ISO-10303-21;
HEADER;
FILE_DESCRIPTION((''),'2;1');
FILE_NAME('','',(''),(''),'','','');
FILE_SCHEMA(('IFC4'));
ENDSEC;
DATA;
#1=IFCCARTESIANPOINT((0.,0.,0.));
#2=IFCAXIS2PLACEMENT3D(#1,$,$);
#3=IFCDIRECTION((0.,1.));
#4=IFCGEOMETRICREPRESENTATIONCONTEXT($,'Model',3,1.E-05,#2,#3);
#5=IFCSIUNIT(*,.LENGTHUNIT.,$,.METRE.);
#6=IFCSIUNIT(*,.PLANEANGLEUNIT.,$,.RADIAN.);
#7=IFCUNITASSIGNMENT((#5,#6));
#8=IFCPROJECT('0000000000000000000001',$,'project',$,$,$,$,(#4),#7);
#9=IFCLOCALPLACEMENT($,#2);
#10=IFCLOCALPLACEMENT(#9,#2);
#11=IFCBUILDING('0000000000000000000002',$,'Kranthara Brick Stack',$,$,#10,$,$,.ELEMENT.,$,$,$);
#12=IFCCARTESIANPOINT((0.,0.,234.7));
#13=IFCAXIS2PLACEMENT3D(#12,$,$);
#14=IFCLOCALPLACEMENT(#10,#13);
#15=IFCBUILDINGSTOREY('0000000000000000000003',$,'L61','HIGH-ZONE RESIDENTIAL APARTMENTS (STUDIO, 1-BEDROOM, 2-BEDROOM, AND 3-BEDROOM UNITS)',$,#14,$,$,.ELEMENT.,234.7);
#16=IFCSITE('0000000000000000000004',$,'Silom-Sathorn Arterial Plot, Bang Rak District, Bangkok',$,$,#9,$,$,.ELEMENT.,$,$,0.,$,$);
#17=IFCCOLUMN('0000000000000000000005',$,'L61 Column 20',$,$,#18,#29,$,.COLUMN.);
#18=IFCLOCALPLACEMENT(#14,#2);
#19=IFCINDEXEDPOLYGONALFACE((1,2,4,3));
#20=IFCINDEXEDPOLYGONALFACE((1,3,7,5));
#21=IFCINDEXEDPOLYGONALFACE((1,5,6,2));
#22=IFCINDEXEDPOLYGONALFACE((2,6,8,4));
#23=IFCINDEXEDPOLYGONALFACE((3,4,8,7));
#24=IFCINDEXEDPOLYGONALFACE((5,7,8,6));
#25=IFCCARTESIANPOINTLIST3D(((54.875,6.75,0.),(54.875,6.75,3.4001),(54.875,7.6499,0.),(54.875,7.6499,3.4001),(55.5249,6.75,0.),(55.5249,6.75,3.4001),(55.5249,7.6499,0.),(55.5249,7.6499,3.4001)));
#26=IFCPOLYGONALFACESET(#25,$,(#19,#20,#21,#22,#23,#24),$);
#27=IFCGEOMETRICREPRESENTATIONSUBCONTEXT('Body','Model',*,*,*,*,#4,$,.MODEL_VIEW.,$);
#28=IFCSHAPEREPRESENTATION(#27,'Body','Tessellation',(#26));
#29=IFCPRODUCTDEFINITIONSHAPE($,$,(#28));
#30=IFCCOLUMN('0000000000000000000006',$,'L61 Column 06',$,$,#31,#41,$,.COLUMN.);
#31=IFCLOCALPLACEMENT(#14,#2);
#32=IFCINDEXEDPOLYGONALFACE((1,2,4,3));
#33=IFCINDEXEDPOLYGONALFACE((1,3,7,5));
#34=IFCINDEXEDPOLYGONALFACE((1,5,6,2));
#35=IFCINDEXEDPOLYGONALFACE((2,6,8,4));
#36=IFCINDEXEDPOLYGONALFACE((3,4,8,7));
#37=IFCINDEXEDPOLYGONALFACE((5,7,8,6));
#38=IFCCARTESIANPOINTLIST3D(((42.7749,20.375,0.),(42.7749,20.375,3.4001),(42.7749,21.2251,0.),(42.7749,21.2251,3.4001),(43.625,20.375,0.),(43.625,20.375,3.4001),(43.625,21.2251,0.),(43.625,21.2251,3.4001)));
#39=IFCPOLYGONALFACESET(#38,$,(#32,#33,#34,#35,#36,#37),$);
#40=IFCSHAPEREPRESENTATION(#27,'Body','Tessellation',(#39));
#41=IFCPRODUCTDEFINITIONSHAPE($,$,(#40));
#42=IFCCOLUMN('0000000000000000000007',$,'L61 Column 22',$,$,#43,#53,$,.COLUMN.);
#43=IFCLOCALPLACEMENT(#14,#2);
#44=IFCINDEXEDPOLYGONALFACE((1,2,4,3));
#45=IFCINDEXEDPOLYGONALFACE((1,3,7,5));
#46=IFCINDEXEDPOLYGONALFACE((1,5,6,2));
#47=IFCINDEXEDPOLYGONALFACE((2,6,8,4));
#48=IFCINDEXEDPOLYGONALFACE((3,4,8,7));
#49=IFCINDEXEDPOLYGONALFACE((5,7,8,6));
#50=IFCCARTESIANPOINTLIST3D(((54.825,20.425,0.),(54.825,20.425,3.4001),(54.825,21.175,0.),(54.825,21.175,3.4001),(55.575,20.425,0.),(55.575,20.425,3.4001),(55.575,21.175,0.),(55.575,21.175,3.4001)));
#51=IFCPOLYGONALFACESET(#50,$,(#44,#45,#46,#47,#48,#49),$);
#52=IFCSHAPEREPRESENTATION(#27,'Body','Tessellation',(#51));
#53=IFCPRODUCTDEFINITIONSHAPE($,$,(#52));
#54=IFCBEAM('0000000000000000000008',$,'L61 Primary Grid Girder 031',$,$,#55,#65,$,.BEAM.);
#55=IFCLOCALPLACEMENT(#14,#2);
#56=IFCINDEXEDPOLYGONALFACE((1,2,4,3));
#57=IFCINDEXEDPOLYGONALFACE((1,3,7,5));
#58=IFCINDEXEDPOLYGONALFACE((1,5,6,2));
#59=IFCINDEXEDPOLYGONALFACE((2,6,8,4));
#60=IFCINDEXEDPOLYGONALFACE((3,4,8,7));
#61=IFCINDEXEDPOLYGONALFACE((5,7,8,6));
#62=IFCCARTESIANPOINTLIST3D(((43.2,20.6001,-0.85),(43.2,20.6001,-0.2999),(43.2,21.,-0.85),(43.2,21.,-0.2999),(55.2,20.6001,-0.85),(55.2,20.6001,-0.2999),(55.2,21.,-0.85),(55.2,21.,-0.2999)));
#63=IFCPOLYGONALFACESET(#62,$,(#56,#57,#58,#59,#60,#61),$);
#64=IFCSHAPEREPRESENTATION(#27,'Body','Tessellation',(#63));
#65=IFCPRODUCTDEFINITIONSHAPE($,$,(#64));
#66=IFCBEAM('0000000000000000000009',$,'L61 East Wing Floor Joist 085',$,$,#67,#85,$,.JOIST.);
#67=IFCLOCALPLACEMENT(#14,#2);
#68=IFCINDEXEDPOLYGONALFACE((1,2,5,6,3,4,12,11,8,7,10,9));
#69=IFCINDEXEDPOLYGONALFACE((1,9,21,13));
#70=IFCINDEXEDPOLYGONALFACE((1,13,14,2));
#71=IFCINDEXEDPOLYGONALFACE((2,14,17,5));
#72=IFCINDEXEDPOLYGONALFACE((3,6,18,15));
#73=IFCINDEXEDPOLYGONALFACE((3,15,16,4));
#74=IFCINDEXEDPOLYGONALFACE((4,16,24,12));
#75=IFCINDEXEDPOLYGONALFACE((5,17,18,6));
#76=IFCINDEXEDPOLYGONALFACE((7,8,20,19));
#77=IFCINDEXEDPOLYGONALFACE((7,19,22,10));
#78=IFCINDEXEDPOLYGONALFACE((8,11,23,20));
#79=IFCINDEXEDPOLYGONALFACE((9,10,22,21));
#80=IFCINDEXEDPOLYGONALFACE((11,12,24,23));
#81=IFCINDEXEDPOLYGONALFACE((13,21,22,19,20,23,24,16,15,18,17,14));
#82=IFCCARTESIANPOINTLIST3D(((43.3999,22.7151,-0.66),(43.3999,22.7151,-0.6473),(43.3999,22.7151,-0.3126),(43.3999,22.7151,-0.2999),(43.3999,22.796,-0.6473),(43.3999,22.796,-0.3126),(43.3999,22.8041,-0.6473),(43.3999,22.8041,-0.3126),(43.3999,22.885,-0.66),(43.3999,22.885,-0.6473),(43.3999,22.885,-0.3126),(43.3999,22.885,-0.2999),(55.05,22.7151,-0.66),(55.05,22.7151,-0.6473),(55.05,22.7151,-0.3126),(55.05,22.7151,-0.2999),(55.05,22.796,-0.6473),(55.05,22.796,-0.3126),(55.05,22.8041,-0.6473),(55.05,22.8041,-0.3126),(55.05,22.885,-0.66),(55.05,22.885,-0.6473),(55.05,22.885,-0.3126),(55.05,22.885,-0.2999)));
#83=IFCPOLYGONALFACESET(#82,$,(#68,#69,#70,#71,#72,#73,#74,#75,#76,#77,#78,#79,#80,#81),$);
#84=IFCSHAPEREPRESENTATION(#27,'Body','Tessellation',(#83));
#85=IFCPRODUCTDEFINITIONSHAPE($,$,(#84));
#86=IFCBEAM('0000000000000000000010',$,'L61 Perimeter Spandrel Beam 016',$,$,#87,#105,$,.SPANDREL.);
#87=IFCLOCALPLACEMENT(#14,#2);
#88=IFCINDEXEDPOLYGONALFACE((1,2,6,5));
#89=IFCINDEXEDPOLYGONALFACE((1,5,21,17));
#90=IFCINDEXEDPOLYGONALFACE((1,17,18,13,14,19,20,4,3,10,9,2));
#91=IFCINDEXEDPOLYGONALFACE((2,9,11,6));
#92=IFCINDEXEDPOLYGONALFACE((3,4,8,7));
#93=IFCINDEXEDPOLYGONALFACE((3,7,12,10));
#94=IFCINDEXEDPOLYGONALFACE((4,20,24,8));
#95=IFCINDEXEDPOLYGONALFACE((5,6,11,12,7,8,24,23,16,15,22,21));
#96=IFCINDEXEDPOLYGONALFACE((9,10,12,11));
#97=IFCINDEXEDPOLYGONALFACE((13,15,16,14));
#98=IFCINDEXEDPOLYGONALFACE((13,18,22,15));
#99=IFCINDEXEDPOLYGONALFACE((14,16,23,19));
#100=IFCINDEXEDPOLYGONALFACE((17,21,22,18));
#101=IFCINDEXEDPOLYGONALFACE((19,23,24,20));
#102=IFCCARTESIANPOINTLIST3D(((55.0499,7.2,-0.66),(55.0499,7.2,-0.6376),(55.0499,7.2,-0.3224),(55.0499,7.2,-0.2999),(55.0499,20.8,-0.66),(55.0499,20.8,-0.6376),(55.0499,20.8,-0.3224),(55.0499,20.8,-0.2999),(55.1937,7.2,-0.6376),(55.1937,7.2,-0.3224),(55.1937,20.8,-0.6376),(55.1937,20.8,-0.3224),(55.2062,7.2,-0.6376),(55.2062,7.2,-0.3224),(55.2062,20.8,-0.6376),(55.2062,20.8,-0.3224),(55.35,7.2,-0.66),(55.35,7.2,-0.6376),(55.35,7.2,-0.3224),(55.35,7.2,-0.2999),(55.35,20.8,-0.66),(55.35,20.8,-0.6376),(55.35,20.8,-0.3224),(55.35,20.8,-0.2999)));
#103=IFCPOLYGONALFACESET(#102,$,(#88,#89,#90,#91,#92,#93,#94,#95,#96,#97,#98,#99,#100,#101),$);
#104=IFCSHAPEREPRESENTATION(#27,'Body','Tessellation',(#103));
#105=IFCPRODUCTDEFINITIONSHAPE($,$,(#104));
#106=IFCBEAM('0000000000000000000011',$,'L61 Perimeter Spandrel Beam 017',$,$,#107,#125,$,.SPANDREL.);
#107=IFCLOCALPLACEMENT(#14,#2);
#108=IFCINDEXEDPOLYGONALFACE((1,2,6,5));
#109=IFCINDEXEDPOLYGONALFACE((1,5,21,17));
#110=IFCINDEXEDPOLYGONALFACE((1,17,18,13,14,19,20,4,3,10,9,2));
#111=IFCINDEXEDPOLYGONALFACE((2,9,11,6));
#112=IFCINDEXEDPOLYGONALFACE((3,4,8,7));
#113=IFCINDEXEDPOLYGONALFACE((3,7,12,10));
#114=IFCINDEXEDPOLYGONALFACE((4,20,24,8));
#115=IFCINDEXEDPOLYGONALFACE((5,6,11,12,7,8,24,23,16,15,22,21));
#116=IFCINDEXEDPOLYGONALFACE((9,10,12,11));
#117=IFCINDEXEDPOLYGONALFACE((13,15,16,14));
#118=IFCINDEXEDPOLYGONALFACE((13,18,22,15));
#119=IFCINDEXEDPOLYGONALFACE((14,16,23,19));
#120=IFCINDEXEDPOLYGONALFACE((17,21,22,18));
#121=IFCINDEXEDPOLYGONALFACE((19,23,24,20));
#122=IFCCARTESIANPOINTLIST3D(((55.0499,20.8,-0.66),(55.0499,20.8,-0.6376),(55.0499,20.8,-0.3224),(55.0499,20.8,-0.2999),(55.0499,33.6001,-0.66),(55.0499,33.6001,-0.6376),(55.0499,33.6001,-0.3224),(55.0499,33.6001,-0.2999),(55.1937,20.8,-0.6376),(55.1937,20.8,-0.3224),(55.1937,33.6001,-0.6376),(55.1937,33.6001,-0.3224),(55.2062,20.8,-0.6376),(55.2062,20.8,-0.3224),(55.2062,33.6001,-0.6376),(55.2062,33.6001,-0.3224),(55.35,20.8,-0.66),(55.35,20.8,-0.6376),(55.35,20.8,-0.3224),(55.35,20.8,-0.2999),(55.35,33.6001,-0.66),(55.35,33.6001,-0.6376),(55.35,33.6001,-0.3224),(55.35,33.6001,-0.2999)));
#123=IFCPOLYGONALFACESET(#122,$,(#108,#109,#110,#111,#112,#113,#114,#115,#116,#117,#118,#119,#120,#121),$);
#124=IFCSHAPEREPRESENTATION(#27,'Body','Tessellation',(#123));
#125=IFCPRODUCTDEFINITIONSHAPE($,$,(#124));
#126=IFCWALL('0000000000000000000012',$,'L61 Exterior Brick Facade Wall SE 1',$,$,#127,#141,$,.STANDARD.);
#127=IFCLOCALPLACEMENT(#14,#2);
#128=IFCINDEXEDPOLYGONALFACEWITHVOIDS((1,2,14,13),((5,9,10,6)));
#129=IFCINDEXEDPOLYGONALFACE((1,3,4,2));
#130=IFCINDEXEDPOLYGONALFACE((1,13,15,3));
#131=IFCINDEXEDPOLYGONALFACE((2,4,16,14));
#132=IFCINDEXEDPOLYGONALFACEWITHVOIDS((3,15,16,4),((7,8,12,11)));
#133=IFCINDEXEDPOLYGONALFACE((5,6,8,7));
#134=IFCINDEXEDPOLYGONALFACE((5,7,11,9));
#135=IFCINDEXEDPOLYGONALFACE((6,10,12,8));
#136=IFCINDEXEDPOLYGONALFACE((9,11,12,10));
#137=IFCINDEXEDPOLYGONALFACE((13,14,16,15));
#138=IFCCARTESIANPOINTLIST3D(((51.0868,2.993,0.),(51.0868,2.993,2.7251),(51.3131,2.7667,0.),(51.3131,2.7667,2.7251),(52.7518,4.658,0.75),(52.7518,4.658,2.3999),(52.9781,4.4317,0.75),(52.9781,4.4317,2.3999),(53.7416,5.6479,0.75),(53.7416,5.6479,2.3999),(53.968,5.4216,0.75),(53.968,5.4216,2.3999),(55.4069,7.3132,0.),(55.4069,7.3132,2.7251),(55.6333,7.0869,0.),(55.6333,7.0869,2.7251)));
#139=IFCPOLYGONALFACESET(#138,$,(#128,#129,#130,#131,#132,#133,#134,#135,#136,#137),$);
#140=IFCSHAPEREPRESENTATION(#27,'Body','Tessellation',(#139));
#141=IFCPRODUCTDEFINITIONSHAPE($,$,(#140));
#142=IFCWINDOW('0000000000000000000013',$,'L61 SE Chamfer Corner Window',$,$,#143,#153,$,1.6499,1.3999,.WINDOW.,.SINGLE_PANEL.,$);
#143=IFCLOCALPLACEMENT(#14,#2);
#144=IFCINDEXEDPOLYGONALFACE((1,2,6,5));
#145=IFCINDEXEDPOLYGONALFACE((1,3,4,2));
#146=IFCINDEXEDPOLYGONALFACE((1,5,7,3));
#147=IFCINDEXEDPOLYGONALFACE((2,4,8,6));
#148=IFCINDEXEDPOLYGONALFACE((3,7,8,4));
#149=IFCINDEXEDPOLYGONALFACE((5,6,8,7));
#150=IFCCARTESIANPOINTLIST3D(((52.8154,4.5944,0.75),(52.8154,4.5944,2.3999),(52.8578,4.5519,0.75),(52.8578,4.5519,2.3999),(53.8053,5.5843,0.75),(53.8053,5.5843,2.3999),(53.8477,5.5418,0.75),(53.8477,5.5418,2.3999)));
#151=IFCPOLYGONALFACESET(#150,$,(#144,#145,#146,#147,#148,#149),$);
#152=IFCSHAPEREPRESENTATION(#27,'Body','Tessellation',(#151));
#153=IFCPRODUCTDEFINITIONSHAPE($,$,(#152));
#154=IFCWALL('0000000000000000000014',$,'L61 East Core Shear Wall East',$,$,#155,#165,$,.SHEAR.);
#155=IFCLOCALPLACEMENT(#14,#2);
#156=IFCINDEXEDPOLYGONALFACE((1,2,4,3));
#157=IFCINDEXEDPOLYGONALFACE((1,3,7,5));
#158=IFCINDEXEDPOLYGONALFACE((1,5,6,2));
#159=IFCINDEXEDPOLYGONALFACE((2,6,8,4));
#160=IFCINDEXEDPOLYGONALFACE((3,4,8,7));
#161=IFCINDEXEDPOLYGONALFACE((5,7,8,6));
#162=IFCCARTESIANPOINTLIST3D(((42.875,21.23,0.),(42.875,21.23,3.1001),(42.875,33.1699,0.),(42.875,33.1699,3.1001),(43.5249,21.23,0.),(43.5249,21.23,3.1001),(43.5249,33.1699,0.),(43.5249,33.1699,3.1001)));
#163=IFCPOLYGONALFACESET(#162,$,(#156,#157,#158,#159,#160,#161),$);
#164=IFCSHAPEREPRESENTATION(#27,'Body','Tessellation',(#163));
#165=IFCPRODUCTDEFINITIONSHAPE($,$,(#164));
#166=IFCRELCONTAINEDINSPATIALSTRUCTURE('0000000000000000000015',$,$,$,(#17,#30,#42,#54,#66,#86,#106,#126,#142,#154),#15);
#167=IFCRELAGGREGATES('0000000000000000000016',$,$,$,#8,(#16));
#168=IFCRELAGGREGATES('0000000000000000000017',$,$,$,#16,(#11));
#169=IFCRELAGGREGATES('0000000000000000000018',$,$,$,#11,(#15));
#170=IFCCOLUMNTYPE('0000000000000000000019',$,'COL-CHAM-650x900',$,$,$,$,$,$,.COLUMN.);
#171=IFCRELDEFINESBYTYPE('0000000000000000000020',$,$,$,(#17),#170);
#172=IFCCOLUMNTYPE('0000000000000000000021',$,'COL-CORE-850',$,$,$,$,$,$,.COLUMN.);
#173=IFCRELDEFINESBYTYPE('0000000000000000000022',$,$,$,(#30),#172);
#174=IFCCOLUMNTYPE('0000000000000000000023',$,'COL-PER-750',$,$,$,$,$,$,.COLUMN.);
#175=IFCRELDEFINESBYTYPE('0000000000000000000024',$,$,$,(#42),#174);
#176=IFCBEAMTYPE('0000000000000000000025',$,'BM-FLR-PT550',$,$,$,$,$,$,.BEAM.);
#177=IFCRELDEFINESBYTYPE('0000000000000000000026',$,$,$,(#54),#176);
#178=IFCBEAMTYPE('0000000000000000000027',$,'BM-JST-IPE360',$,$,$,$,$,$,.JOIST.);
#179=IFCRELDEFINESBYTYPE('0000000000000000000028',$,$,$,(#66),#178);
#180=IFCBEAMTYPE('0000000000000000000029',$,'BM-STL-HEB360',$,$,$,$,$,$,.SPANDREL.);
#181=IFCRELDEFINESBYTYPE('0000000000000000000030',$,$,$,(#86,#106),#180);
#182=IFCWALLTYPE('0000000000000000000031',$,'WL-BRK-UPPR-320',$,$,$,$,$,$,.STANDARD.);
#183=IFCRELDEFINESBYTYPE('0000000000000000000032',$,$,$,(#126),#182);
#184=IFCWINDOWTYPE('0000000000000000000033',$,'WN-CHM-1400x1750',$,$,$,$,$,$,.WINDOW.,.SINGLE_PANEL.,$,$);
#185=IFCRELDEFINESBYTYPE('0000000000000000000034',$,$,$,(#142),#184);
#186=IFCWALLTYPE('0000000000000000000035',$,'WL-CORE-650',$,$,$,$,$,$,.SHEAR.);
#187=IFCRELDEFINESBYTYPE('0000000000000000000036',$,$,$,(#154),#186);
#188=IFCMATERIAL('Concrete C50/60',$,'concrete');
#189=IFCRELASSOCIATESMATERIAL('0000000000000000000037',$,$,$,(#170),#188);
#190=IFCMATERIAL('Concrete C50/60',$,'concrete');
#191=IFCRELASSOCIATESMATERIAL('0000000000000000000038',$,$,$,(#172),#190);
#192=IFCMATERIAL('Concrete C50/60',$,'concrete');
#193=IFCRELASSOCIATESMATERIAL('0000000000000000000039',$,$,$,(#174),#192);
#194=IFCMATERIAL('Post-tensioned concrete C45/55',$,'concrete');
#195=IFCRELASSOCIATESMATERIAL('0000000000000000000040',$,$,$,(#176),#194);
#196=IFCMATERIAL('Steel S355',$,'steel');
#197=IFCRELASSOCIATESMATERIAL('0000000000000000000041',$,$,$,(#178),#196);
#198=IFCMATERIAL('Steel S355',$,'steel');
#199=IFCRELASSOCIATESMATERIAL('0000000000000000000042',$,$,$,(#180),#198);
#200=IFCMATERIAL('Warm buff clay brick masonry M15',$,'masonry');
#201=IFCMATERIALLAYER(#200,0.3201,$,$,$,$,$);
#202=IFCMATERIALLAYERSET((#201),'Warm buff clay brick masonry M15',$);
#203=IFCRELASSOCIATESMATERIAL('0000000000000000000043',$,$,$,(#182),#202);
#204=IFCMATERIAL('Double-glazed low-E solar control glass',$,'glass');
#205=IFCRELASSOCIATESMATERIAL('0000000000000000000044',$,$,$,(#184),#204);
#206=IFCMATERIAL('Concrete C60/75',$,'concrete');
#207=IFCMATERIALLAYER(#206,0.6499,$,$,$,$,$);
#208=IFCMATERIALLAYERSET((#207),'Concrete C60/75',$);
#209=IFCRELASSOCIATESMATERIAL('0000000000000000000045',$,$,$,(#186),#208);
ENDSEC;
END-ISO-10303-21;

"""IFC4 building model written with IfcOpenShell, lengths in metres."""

from ifc_helpers import new_model, si_unit, direction, frame, frame_2d, origin, origin_2d, place, context, subcontext, project, spatial, rectangle, i_section, extrude, material, layer, layer_set, material_profile, profile_set, type_object, element, fill, save


model = new_model("IFC4")

# Units and contexts
model_context = context("Model", 3, precision=1e-05, world=origin(), true_north=direction((0.0, 1.0)))
body_context = subcontext(model_context, "Body", "Model", "MODEL_VIEW")
ifc_project = project(units=[si_unit("LENGTHUNIT", "METRE"), si_unit("PLANEANGLEUNIT", "RADIAN")], contexts=[model_context])

# Site, building, storey
site_placement = place(None, origin())
site = spatial("IfcSite", under=ifc_project, at=site_placement, Name="Silom-Sathorn Arterial Plot, Bang Rak District, Bangkok", CompositionType="ELEMENT", RefElevation=0.0)
building_placement = place(site_placement, origin())
building = spatial("IfcBuilding", under=site, at=building_placement, Name="Kranthara Brick Stack", CompositionType="ELEMENT")
storey_placement = place(building_placement, frame((0.0, 0.0, 234.7)))
storey = spatial("IfcBuildingStorey", under=building, at=storey_placement, Name="L61", Description="HIGH-ZONE RESIDENTIAL APARTMENTS (STUDIO, 1-BEDROOM, 2-BEDROOM, AND 3-BEDROOM UNITS)", CompositionType="ELEMENT", Elevation=234.7)

# Columns
ifc_material_1 = material(Name="Concrete C50/60", Category="concrete")
ifc_material_profile_1 = material_profile(ifc_material_1, rectangle(XDim=0.6499, YDim=0.8999, at=origin_2d()), Name="RC 650x900")
ifc_profile_set_1 = profile_set([ifc_material_profile_1], Name="Concrete C50/60")
column_type_1 = type_object("IfcColumnType", Name="COL-CHAM-650x900", PredefinedType="COLUMN", material=ifc_profile_set_1)
column_1_placement = place(storey_placement, frame((55.2, 7.2, 0.0), z_axis=(0.0, 0.0, 1.0), x_axis=(1.0, 0.0, 0.0)))
element("IfcColumn", 1, at=column_1_placement, inside=storey, type_object=column_type_1, Name="L61 Column 20", PredefinedType="COLUMN", context=body_context, shape_type="SweptSolid", body=[
    extrude(rectangle(XDim=0.6499, YDim=0.8999, at=origin_2d()), origin(), (0.0, 0.0, 1.0), 3.4001),
])
ifc_material_2 = material(Name="Concrete C50/60", Category="concrete")
ifc_material_profile_2 = material_profile(ifc_material_2, rectangle(XDim=0.8501, YDim=0.8501, at=origin_2d()), Name="RC 850x850")
ifc_profile_set_2 = profile_set([ifc_material_profile_2], Name="Concrete C50/60")
column_type_2 = type_object("IfcColumnType", Name="COL-CORE-850", PredefinedType="COLUMN", material=ifc_profile_set_2)
column_2_placement = place(storey_placement, frame((43.2, 20.8, 0.0), z_axis=(0.0, 0.0, 1.0), x_axis=(1.0, 0.0, 0.0)))
element("IfcColumn", 2, at=column_2_placement, inside=storey, type_object=column_type_2, Name="L61 Column 06", PredefinedType="COLUMN", context=body_context, shape_type="SweptSolid", body=[
    extrude(rectangle(XDim=0.8501, YDim=0.8501, at=origin_2d()), origin(), (0.0, 0.0, 1.0), 3.4001),
])
ifc_material_3 = material(Name="Concrete C50/60", Category="concrete")
ifc_material_profile_3 = material_profile(ifc_material_3, rectangle(XDim=0.75, YDim=0.75, at=origin_2d()), Name="RC 750x750")
ifc_profile_set_3 = profile_set([ifc_material_profile_3], Name="Concrete C50/60")
column_type_3 = type_object("IfcColumnType", Name="COL-PER-750", PredefinedType="COLUMN", material=ifc_profile_set_3)
column_3_placement = place(storey_placement, frame((55.2, 20.8, 0.0), z_axis=(0.0, 0.0, 1.0), x_axis=(1.0, 0.0, 0.0)))
element("IfcColumn", 3, at=column_3_placement, inside=storey, type_object=column_type_3, Name="L61 Column 22", PredefinedType="COLUMN", context=body_context, shape_type="SweptSolid", body=[
    extrude(rectangle(XDim=0.75, YDim=0.75, at=origin_2d()), origin(), (0.0, 0.0, 1.0), 3.4001),
])

# Beams
ifc_material_4 = material(Name="Post-tensioned concrete C45/55", Category="concrete")
ifc_material_profile_4 = material_profile(ifc_material_4, rectangle(XDim=0.3999, YDim=0.55, at=origin_2d()), Name="PT 400x550")
ifc_profile_set_4 = profile_set([ifc_material_profile_4], Name="Post-tensioned concrete C45/55")
beam_type_1 = type_object("IfcBeamType", Name="BM-FLR-PT550", PredefinedType="BEAM", material=ifc_profile_set_4)
beam_1_placement = place(storey_placement, frame((43.2, 20.8, -0.575), z_axis=(1.0, 0.0, 0.0), x_axis=(0.0, 1.0, 0.0)))
element("IfcBeam", 4, at=beam_1_placement, inside=storey, type_object=beam_type_1, Name="L61 Primary Grid Girder 031", PredefinedType="BEAM", context=body_context, shape_type="SweptSolid", body=[
    extrude(rectangle(XDim=0.3999, YDim=0.55, at=origin_2d()), origin(), (0.0, 0.0, 1.0), 12.0),
])
ifc_material_5 = material(Name="Steel S355", Category="steel")
ifc_material_profile_5 = material_profile(ifc_material_5, i_section(OverallWidth=0.1699, OverallDepth=0.3601, WebThickness=0.0081, FlangeThickness=0.0127, at=origin_2d()), Name="IPE 360")
ifc_profile_set_5 = profile_set([ifc_material_profile_5], Name="Steel S355")
beam_type_2 = type_object("IfcBeamType", Name="BM-JST-IPE360", PredefinedType="JOIST", material=ifc_profile_set_5)
beam_2_placement = place(storey_placement, frame((43.3999, 22.8, -0.48), z_axis=(1.0, 0.0, 0.0), x_axis=(0.0, 1.0, 0.0)))
element("IfcBeam", 5, at=beam_2_placement, inside=storey, type_object=beam_type_2, Name="L61 East Wing Floor Joist 085", PredefinedType="JOIST", context=body_context, shape_type="SweptSolid", body=[
    extrude(i_section(OverallWidth=0.1699, OverallDepth=0.3601, WebThickness=0.0081, FlangeThickness=0.0127, at=origin_2d()), origin(), (0.0, 0.0, 1.0), 11.6501),
])
ifc_material_6 = material(Name="Steel S355", Category="steel")
ifc_material_profile_6 = material_profile(ifc_material_6, i_section(OverallWidth=0.3, OverallDepth=0.3601, WebThickness=0.0125, FlangeThickness=0.0225, at=origin_2d()), Name="HEB 360")
ifc_profile_set_6 = profile_set([ifc_material_profile_6], Name="Steel S355")
beam_type_3 = type_object("IfcBeamType", Name="BM-STL-HEB360", PredefinedType="SPANDREL", material=ifc_profile_set_6)
beam_3_placement = place(storey_placement, frame((55.2, 7.2, -0.48), z_axis=(0.0, 1.0, 0.0), x_axis=(-1.0, 0.0, 0.0)))
element("IfcBeam", 6, at=beam_3_placement, inside=storey, type_object=beam_type_3, Name="L61 Perimeter Spandrel Beam 016", PredefinedType="SPANDREL", context=body_context, shape_type="SweptSolid", body=[
    extrude(i_section(OverallWidth=0.3, OverallDepth=0.3601, WebThickness=0.0125, FlangeThickness=0.0225, at=origin_2d()), origin(), (0.0, 0.0, 1.0), 13.6001),
])
beam_4_placement = place(storey_placement, frame((55.2, 20.8, -0.48), z_axis=(0.0, 1.0, 0.0), x_axis=(-1.0, 0.0, 0.0)))
element("IfcBeam", 7, at=beam_4_placement, inside=storey, type_object=beam_type_3, Name="L61 Perimeter Spandrel Beam 017", PredefinedType="SPANDREL", context=body_context, shape_type="SweptSolid", body=[
    extrude(i_section(OverallWidth=0.3, OverallDepth=0.3601, WebThickness=0.0125, FlangeThickness=0.0225, at=origin_2d()), origin(), (0.0, 0.0, 1.0), 12.8),
])

# Wall, opening, window
ifc_material_7 = material(Name="Warm buff clay brick masonry M15", Category="masonry")
ifc_layer_1 = layer(ifc_material_7, 0.3201)
ifc_layer_set_1 = layer_set([ifc_layer_1], Name="Warm buff clay brick masonry M15")
wall_type_1 = type_object("IfcWallType", Name="WL-BRK-UPPR-320", PredefinedType="STANDARD", material=ifc_layer_set_1)
wall_1_placement = place(storey_placement, frame((55.52, 7.2, 0.0), z_axis=(0.0, 0.0, 1.0), x_axis=(-0.707107, -0.707107, 0.0)))
wall_1 = element("IfcWall", 8, at=wall_1_placement, inside=storey, type_object=wall_type_1, Name="L61 Exterior Brick Facade Wall SE 1", PredefinedType="STANDARD", context=body_context, shape_type="SweptSolid", body=[
    extrude(rectangle(XDim=6.1096, YDim=0.3201, at=frame_2d((3.0547, 0.0))), origin(), (0.0, 0.0, 1.0), 2.7251),
])
opening_1_placement = place(wall_1_placement, frame((2.355, 0.0, 0.75)))
opening_1 = element("IfcOpeningElement", 9, at=opening_1_placement, cuts=wall_1, PredefinedType="OPENING", context=body_context, shape_type="SweptSolid", body=[
    extrude(rectangle(XDim=1.3999, YDim=1.6499, at=frame_2d((0.7, 0.825))), frame((0.0, 0.1699, 0.0), z_axis=(0.0, -1.0, 0.0), x_axis=(1.0, 0.0, 0.0)), (0.0, 0.0, 1.0), 0.3401),
])
ifc_material_8 = material(Name="Double-glazed low-E solar control glass", Category="glass")
window_type = type_object("IfcWindowType", Name="WN-CHM-1400x1750", PartitioningType="SINGLE_PANEL", PredefinedType="WINDOW", material=ifc_material_8)
window_placement = place(opening_1_placement, origin())
window = element("IfcWindow", 10, at=window_placement, inside=storey, type_object=window_type, Name="L61 SE Chamfer Corner Window", OverallHeight=1.6499, OverallWidth=1.3999, PartitioningType="SINGLE_PANEL", PredefinedType="WINDOW", context=body_context, shape_type="SweptSolid", body=[
    extrude(rectangle(XDim=1.3999, YDim=1.6499, at=frame_2d((0.7, 0.825))), frame((0.0, -0.01, 0.0), z_axis=(0.0, -1.0, 0.0), x_axis=(1.0, 0.0, 0.0)), (0.0, 0.0, 1.0), 0.0601),
])
fill(opening_1, window)

# Wall
ifc_material_9 = material(Name="Concrete C60/75", Category="concrete")
ifc_layer_2 = layer(ifc_material_9, 0.6499)
ifc_layer_set_2 = layer_set([ifc_layer_2], Name="Concrete C60/75")
wall_type_2 = type_object("IfcWallType", Name="WL-CORE-650", PredefinedType="SHEAR", material=ifc_layer_set_2)
wall_2_placement = place(storey_placement, frame((43.2, 21.23, 0.0), z_axis=(0.0, 0.0, 1.0), x_axis=(0.0, 1.0, 0.0)))
element("IfcWall", 11, at=wall_2_placement, inside=storey, type_object=wall_type_2, Name="L61 East Core Shear Wall East", PredefinedType="SHEAR", context=body_context, shape_type="SweptSolid", body=[
    extrude(rectangle(XDim=11.9399, YDim=0.6499, at=frame_2d((5.97, 0.0))), origin(), (0.0, 0.0, 1.0), 3.1001),
])

save(model, "model.ifc")
